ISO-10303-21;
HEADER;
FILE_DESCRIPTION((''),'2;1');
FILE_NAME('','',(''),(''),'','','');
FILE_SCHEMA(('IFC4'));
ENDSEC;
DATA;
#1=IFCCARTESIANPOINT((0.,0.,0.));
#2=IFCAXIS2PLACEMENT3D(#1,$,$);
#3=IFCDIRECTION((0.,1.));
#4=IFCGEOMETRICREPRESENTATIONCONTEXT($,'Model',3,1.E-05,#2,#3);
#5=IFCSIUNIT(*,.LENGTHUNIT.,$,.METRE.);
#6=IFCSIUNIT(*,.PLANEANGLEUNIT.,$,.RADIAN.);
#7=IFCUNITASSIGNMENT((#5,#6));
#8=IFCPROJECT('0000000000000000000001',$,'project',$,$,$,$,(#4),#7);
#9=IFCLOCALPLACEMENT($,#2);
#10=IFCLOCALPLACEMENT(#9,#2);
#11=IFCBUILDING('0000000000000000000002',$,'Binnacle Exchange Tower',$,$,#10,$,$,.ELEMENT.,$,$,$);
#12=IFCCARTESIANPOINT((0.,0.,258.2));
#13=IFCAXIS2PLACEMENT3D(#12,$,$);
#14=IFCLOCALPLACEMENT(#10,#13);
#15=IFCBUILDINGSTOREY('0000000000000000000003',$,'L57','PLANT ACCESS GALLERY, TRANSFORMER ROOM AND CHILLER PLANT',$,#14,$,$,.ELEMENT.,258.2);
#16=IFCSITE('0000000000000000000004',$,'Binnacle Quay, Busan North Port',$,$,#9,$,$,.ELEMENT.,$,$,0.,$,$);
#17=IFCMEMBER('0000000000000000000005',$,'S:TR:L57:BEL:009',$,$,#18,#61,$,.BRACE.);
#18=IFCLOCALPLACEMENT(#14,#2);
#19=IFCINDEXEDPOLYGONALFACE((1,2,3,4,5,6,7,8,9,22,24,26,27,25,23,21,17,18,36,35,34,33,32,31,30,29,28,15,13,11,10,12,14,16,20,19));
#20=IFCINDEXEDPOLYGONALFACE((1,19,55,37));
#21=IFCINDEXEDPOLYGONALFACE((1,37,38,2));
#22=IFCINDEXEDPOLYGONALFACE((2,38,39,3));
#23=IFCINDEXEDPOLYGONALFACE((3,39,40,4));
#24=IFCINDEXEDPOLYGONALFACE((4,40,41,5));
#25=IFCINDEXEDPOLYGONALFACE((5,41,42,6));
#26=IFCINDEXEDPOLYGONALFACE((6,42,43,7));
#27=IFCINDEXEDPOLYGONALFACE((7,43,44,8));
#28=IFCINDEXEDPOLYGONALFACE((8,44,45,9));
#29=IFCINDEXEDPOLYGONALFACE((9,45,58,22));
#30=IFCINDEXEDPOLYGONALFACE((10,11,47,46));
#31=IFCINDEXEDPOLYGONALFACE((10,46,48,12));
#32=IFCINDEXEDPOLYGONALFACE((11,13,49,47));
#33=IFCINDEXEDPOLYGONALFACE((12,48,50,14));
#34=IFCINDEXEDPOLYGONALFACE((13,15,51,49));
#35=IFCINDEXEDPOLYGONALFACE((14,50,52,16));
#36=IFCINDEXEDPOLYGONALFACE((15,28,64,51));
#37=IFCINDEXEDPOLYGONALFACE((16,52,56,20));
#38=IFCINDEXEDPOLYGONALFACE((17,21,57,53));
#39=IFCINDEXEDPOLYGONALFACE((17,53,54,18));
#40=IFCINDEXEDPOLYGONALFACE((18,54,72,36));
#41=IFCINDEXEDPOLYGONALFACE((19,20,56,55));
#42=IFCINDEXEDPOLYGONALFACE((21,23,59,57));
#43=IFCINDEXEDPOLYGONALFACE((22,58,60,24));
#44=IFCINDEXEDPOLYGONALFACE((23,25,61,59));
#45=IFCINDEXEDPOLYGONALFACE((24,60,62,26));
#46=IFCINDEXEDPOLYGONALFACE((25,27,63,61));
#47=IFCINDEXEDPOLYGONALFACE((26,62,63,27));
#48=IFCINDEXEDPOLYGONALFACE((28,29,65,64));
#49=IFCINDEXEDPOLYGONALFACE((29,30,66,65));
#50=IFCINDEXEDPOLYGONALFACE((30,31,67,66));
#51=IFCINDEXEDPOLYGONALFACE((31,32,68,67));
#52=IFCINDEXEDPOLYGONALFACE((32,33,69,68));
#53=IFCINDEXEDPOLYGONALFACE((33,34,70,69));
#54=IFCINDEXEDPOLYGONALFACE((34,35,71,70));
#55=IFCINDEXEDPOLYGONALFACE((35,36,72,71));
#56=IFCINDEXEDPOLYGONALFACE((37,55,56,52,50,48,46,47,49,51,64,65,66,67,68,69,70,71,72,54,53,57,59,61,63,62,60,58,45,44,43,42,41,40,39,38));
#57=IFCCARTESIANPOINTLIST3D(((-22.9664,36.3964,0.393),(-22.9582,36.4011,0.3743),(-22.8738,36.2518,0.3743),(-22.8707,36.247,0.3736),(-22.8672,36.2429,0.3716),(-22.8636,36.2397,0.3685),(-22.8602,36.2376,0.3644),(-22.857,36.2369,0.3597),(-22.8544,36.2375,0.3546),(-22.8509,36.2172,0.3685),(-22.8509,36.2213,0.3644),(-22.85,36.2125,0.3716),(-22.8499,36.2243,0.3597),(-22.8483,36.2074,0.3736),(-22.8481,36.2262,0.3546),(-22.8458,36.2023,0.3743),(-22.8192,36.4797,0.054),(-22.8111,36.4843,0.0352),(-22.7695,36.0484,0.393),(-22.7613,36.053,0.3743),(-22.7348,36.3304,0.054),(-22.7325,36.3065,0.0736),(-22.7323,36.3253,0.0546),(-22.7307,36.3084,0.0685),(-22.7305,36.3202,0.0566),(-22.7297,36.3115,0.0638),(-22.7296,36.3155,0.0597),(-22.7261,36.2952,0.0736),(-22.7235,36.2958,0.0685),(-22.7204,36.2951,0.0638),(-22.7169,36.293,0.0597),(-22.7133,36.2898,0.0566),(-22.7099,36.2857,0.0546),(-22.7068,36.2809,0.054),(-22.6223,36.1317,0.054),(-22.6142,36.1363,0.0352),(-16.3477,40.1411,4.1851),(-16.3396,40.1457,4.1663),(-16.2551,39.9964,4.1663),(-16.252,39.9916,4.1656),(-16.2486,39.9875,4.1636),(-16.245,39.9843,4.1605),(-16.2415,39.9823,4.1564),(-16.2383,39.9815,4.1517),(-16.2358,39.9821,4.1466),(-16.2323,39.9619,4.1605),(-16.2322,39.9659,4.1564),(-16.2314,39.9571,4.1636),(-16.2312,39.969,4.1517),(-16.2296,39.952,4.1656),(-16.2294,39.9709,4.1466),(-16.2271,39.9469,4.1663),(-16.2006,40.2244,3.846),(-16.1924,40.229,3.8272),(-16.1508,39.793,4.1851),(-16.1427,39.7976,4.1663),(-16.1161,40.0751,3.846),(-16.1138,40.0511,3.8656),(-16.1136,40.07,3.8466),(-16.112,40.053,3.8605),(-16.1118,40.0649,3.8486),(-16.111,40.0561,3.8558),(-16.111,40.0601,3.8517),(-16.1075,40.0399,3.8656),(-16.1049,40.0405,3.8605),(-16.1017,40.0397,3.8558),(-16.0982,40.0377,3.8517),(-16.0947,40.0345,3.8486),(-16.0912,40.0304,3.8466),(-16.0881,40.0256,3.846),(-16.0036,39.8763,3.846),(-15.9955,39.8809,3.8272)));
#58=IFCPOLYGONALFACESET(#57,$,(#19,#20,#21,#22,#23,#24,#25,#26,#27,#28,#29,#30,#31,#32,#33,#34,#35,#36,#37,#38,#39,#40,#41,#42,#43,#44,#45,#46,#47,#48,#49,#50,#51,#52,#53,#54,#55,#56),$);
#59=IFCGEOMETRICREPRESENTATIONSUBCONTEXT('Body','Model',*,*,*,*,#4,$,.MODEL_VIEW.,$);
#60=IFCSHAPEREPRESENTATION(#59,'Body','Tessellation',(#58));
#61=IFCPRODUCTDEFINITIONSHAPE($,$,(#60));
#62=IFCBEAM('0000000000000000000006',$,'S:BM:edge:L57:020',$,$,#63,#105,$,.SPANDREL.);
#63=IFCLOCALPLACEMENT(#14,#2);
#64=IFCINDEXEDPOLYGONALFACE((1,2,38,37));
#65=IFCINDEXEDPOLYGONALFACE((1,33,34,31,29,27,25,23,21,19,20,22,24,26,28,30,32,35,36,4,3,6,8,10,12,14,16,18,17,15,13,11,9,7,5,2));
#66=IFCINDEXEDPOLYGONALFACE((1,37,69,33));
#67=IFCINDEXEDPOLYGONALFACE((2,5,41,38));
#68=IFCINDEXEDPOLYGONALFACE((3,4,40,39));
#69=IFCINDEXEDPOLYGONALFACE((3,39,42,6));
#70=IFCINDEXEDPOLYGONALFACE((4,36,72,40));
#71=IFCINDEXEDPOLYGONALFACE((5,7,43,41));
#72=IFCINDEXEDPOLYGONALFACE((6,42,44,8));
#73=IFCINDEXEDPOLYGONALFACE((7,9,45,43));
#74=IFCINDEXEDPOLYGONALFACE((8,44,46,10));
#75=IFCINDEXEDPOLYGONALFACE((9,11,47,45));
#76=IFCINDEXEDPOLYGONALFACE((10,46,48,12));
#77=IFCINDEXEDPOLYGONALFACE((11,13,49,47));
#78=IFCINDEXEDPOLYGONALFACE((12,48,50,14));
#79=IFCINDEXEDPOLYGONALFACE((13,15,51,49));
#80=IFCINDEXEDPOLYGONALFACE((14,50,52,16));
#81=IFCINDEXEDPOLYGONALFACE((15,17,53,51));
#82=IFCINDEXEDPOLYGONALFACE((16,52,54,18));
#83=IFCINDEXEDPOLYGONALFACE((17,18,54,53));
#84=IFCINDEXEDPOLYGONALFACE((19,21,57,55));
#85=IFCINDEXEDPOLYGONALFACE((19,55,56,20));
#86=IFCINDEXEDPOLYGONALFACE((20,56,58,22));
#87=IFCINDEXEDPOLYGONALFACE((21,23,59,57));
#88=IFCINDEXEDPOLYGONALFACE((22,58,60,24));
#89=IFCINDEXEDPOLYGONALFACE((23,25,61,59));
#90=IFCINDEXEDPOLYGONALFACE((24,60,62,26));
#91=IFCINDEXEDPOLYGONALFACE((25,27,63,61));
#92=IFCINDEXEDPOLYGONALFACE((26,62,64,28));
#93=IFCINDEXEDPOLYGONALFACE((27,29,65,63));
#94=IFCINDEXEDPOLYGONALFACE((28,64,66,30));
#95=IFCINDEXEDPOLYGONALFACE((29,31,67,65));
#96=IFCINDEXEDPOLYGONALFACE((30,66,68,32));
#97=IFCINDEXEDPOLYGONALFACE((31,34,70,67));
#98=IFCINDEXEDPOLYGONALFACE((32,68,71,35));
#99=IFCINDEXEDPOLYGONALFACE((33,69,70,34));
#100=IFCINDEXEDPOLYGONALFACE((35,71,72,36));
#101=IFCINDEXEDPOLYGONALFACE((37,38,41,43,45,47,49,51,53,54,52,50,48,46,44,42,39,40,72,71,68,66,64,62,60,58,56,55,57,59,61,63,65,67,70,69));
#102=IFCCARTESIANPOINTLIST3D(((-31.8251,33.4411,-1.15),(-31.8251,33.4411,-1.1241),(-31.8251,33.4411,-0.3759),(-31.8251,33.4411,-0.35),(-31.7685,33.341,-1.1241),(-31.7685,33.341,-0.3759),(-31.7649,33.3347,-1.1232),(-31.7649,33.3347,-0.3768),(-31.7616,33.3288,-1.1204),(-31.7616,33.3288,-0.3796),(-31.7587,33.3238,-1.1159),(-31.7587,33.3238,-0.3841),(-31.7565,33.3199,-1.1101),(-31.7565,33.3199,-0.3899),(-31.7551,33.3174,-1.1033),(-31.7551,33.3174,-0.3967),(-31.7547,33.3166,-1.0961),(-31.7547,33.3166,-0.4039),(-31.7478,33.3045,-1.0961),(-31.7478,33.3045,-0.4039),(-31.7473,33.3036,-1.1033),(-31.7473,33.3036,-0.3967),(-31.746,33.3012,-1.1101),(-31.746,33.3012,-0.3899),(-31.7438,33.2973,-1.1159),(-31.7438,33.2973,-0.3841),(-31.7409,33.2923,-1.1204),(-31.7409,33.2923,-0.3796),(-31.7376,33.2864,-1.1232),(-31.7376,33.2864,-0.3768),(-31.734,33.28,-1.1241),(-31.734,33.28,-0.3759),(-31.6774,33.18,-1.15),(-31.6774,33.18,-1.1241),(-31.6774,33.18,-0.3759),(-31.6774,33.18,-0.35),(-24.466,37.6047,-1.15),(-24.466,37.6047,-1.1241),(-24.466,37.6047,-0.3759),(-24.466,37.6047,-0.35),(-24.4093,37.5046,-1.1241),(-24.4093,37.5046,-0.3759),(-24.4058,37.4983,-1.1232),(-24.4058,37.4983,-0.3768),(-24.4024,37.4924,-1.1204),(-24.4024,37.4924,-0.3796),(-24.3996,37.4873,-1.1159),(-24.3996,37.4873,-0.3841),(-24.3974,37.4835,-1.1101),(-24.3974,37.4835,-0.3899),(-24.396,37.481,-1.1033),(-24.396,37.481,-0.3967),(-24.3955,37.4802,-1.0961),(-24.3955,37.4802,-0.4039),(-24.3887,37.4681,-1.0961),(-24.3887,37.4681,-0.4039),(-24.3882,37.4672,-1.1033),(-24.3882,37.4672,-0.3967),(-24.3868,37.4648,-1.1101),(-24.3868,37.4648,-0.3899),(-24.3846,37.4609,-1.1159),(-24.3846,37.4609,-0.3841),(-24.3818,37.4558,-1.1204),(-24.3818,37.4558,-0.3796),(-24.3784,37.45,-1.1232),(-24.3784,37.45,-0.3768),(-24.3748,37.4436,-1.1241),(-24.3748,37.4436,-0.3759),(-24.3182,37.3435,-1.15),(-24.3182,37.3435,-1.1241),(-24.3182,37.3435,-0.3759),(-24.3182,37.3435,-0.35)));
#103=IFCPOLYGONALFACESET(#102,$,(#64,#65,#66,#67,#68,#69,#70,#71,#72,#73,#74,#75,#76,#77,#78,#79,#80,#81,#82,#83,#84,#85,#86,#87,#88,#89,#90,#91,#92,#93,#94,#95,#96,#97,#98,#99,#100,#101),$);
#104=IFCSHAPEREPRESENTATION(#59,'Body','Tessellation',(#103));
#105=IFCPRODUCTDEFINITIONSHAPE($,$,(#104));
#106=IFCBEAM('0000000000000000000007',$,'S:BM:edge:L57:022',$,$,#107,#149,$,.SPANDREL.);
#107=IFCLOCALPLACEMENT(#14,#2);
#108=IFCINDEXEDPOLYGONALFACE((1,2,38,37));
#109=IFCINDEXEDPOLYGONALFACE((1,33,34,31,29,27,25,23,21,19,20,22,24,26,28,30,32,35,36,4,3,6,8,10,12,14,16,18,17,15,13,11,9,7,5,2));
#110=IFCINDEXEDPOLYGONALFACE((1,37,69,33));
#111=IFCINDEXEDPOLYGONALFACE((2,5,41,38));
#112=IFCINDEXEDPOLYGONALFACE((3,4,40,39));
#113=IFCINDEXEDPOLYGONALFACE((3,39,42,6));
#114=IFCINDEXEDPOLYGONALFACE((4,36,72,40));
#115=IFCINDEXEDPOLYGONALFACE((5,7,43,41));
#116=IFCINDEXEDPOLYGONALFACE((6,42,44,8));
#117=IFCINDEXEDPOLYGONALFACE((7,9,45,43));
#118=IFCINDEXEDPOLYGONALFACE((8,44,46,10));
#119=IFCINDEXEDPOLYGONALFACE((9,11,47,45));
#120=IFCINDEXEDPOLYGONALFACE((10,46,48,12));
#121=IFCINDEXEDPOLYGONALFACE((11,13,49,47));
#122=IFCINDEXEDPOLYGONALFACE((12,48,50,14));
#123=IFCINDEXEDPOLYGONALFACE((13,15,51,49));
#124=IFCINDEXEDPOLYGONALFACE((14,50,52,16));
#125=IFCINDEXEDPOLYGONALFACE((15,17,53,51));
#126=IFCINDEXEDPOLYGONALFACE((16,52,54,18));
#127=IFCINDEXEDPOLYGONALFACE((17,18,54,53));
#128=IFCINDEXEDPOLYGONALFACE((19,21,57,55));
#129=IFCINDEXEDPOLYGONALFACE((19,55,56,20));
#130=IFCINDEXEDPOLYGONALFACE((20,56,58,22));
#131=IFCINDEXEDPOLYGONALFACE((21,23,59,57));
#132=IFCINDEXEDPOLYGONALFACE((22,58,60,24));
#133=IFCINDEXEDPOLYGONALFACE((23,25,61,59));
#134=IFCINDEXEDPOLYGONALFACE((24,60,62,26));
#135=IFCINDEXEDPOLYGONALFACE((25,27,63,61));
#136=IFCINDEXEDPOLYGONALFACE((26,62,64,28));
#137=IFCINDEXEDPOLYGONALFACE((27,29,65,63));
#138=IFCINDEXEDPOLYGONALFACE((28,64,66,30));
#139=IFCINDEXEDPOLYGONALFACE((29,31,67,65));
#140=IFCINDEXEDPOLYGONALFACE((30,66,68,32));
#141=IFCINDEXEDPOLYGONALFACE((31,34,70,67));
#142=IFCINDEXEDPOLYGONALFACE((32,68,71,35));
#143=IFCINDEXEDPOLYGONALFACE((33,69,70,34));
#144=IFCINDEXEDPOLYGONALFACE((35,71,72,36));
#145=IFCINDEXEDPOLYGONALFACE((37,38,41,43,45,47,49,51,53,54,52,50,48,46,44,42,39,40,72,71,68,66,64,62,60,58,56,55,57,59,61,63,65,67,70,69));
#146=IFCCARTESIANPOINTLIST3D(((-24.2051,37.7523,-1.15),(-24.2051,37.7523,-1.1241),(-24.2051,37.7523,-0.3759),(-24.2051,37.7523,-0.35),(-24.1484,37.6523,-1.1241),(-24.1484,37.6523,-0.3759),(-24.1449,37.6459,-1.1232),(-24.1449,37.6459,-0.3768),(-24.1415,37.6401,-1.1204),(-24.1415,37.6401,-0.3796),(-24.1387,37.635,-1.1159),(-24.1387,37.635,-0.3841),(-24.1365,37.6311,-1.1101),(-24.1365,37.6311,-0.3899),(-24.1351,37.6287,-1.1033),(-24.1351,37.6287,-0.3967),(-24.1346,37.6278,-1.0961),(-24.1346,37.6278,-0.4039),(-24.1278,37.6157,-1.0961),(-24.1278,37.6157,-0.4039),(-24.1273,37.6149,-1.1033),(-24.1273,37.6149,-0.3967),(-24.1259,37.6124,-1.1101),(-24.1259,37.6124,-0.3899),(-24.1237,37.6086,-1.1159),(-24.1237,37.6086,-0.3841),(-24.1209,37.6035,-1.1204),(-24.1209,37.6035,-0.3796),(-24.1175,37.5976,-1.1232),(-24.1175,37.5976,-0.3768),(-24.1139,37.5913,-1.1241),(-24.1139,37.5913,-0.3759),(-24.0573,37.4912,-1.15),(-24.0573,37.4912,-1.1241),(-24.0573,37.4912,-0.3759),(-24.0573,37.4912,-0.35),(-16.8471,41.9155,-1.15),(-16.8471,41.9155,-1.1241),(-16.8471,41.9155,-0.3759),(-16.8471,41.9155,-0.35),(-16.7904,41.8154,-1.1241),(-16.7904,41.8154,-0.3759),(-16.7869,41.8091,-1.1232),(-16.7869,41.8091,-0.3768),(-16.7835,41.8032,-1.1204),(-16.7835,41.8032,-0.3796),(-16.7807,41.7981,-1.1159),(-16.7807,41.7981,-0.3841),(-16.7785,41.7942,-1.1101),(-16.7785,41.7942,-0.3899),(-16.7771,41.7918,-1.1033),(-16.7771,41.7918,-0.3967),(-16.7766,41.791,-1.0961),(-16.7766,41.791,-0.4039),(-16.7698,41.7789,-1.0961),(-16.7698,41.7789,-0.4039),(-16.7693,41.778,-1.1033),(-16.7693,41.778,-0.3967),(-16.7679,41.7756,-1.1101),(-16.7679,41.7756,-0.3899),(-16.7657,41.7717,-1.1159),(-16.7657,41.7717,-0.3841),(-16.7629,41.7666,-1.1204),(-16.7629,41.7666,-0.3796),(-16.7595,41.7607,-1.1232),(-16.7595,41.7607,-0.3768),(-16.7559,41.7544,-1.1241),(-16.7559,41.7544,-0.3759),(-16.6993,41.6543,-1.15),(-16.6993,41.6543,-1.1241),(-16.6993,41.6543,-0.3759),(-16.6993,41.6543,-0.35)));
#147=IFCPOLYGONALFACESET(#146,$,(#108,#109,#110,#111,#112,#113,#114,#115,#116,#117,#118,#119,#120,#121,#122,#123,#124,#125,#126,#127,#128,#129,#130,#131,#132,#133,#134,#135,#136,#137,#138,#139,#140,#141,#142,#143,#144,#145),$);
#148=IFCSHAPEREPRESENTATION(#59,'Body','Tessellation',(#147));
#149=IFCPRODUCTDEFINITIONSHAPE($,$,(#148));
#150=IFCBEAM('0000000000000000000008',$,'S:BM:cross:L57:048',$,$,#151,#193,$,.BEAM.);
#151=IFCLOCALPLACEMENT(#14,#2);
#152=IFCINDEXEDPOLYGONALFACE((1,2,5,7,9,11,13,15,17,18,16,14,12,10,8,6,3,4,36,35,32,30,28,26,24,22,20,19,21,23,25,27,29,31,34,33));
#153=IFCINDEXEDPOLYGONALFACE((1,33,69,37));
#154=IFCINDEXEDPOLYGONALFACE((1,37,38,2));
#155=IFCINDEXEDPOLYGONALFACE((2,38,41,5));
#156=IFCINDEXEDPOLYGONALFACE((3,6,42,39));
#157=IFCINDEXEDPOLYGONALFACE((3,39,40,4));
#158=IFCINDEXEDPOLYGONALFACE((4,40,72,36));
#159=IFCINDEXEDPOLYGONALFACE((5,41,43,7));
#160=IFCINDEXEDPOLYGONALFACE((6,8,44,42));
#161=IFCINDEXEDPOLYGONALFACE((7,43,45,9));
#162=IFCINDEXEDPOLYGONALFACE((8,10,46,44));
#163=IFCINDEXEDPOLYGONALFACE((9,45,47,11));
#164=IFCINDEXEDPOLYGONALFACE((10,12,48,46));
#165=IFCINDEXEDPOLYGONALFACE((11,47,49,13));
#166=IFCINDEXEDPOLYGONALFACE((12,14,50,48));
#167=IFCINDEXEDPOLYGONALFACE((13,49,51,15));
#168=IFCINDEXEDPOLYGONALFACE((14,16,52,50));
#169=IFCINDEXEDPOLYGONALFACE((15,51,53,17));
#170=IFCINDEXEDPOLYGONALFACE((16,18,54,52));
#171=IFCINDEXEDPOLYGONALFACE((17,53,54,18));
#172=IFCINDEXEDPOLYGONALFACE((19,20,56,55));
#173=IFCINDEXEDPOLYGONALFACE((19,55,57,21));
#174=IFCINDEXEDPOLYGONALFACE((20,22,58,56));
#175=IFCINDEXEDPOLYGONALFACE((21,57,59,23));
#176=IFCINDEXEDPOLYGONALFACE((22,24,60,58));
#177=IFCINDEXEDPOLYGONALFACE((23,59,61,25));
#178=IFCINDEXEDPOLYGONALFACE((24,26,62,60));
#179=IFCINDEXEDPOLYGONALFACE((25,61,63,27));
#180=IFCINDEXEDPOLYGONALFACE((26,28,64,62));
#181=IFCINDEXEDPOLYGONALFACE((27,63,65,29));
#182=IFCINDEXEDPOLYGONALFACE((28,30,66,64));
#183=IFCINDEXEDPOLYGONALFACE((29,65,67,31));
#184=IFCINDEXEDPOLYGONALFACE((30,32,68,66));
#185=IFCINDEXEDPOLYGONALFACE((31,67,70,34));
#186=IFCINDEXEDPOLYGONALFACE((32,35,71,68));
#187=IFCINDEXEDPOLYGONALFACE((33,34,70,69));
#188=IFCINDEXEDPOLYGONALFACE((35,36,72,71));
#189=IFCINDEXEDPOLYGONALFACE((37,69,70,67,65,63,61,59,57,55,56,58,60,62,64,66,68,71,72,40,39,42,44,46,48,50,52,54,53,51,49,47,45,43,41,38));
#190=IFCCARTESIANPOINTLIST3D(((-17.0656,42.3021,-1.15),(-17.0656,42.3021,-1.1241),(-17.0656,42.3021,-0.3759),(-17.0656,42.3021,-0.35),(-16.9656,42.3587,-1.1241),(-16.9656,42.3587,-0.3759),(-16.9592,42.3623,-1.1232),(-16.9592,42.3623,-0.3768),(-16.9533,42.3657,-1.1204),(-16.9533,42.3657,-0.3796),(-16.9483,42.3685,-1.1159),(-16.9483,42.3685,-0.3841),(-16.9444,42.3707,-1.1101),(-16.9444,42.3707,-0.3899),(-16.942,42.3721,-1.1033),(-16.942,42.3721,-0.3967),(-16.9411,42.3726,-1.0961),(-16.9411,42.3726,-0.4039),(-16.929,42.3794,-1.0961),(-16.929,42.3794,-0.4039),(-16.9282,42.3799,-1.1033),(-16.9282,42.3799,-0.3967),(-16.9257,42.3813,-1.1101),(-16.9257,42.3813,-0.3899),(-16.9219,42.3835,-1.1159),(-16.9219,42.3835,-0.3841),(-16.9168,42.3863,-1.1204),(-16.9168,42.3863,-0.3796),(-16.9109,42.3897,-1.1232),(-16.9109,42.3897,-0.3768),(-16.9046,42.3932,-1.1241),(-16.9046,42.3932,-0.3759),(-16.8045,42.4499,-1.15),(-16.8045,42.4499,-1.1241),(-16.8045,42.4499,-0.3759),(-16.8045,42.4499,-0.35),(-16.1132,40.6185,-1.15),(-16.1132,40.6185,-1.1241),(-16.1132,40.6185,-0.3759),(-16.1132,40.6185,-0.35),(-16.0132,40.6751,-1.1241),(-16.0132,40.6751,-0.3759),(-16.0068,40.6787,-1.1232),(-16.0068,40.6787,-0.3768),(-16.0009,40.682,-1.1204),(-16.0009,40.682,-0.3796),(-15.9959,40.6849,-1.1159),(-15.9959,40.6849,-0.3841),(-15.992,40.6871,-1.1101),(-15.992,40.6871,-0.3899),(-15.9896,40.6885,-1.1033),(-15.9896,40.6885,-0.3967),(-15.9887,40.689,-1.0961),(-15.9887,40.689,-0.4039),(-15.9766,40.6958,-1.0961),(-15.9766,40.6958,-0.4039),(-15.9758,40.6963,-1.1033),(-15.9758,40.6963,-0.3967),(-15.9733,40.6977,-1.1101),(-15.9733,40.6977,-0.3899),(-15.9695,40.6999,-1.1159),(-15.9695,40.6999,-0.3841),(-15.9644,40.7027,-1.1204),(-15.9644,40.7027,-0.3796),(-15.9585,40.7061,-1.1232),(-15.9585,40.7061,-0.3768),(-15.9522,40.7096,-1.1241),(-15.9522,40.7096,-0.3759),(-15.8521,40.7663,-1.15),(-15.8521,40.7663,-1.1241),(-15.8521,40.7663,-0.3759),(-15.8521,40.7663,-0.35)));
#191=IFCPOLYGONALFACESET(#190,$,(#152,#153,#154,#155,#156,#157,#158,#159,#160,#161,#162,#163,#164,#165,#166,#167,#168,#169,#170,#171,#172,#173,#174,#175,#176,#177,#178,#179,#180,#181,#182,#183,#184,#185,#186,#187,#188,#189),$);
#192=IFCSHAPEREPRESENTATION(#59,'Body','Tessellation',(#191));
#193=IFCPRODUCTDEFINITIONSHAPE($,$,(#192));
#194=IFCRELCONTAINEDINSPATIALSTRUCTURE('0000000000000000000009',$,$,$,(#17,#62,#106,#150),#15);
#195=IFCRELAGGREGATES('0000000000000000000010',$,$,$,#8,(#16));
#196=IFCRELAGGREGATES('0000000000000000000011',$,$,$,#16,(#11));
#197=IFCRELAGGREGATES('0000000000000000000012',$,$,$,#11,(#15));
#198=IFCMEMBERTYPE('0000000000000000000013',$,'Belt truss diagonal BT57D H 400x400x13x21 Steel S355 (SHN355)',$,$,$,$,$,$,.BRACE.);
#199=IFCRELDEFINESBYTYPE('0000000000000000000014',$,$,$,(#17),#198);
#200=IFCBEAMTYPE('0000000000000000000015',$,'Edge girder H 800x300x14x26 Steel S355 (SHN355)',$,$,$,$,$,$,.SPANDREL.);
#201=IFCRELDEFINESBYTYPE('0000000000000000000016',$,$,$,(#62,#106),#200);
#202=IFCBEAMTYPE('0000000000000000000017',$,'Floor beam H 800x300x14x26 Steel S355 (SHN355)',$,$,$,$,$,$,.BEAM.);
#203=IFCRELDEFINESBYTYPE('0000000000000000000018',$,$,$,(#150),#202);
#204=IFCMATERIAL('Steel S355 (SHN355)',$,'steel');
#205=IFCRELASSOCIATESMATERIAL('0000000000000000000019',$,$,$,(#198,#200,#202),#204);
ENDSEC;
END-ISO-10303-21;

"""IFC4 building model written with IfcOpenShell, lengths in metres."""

from ifc_helpers import new_model, si_unit, direction, frame, origin, origin_2d, place, context, subcontext, project, spatial, i_section, extrude, material, material_profile, profile_set, type_object, element, save


model = new_model("IFC4")

# Units and contexts
model_context = context("Model", 3, precision=1e-05, world=origin(), true_north=direction((0.0, 1.0)))
body_context = subcontext(model_context, "Body", "Model", "MODEL_VIEW")
ifc_project = project(units=[si_unit("LENGTHUNIT", "METRE"), si_unit("PLANEANGLEUNIT", "RADIAN")], contexts=[model_context])

# Site, building, storey
site_placement = place(None, origin())
site = spatial("IfcSite", under=ifc_project, at=site_placement, Name="Binnacle Quay, Busan North Port", CompositionType="ELEMENT", RefElevation=0.0)
building_placement = place(site_placement, origin())
building = spatial("IfcBuilding", under=site, at=building_placement, Name="Binnacle Exchange Tower", CompositionType="ELEMENT")
storey_placement = place(building_placement, frame((0.0, 0.0, 258.2)))
storey = spatial("IfcBuildingStorey", under=building, at=storey_placement, Name="L57", Description="PLANT ACCESS GALLERY, TRANSFORMER ROOM AND CHILLER PLANT", CompositionType="ELEMENT", Elevation=258.2)

# Member
ifc_material_1 = material(Name="Steel S355 (SHN355)", Category="steel")
ifc_material_profile_1 = material_profile(ifc_material_1, i_section(OverallWidth=0.3999, OverallDepth=0.3999, WebThickness=0.0129, FlangeThickness=0.021, FilletRadius=0.022, at=origin_2d()), Name="H 400x400x13x21")
ifc_profile_set_1 = profile_set([ifc_material_profile_1], Name="Steel S355 (SHN355)")
member_type_1 = type_object("IfcMemberType", Name="Belt truss diagonal BT57D H 400x400x13x21 Steel S355 (SHN355)", PredefinedType="BRACE", material=ifc_profile_set_1)
member_1_placement = place(storey_placement, frame((-22.7903, 36.2664, 0.2141), z_axis=(0.778891, 0.440673, 0.446246), x_axis=(-0.492421, 0.870357, 0.0)))
element("IfcMember", 1, at=member_1_placement, inside=storey, type_object=member_type_1, Name="S:TR:L57:BEL:009", PredefinedType="BRACE", context=body_context, shape_type="SweptSolid", body=[
    extrude(i_section(OverallWidth=0.3999, OverallDepth=0.3999, WebThickness=0.0129, FlangeThickness=0.021, FilletRadius=0.022, at=origin_2d()), origin(), (0.0, 0.0, 1.0), 8.4976),
])

# Beams
ifc_material_profile_2 = material_profile(ifc_material_1, i_section(OverallWidth=0.3, OverallDepth=0.8, WebThickness=0.0139, FlangeThickness=0.0259, FilletRadius=0.0281, at=origin_2d()), Name="H 800x300x14x26")
ifc_profile_set_2 = profile_set([ifc_material_profile_2], Name="Steel S355 (SHN355)")
beam_type_1 = type_object("IfcBeamType", Name="Edge girder H 800x300x14x26 Steel S355 (SHN355)", PredefinedType="SPANDREL", material=ifc_profile_set_2)
beam_1_placement = place(storey_placement, frame((-24.3921, 37.4741, -0.75), z_axis=(-0.870357, -0.492422, 0.0), x_axis=(0.492422, -0.870357, 0.0)))
element("IfcBeam", 2, at=beam_1_placement, inside=storey, type_object=beam_type_1, Name="S:BM:edge:L57:020", PredefinedType="SPANDREL", context=body_context, shape_type="SweptSolid", body=[
    extrude(i_section(OverallWidth=0.3, OverallDepth=0.8, WebThickness=0.0139, FlangeThickness=0.0259, FilletRadius=0.0281, at=origin_2d()), origin(), (0.0, 0.0, 1.0), 8.4553),
])
beam_2_placement = place(storey_placement, frame((-16.7732, 41.7849, -0.75), z_axis=(-0.870347, -0.49244, 0.0), x_axis=(0.49244, -0.870347, 0.0)))
element("IfcBeam", 3, at=beam_2_placement, inside=storey, type_object=beam_type_1, Name="S:BM:edge:L57:022", PredefinedType="SPANDREL", context=body_context, shape_type="SweptSolid", body=[
    extrude(i_section(OverallWidth=0.3, OverallDepth=0.8, WebThickness=0.0139, FlangeThickness=0.0259, FilletRadius=0.0281, at=origin_2d()), origin(), (0.0, 0.0, 1.0), 8.4541),
])
ifc_material_profile_3 = material_profile(ifc_material_1, i_section(OverallWidth=0.3, OverallDepth=0.8, WebThickness=0.0139, FlangeThickness=0.0259, FilletRadius=0.0281, at=origin_2d()), Name="H 800x300x14x26")
ifc_profile_set_3 = profile_set([ifc_material_profile_3], Name="Steel S355 (SHN355)")
beam_type_2 = type_object("IfcBeamType", Name="Floor beam H 800x300x14x26 Steel S355 (SHN355)", PredefinedType="BEAM", material=ifc_profile_set_3)
beam_3_placement = place(storey_placement, frame((-15.9827, 40.6924, -0.75), z_axis=(-0.492369, 0.870386, 0.0), x_axis=(-0.870386, -0.492369, 0.0)))
element("IfcBeam", 4, at=beam_3_placement, inside=storey, type_object=beam_type_2, Name="S:BM:cross:L57:048", PredefinedType="BEAM", context=body_context, shape_type="SweptSolid", body=[
    extrude(i_section(OverallWidth=0.3, OverallDepth=0.8, WebThickness=0.0139, FlangeThickness=0.0259, FilletRadius=0.0281, at=origin_2d()), origin(), (0.0, 0.0, 1.0), 1.9343),
])

save(model, "model.ifc")
